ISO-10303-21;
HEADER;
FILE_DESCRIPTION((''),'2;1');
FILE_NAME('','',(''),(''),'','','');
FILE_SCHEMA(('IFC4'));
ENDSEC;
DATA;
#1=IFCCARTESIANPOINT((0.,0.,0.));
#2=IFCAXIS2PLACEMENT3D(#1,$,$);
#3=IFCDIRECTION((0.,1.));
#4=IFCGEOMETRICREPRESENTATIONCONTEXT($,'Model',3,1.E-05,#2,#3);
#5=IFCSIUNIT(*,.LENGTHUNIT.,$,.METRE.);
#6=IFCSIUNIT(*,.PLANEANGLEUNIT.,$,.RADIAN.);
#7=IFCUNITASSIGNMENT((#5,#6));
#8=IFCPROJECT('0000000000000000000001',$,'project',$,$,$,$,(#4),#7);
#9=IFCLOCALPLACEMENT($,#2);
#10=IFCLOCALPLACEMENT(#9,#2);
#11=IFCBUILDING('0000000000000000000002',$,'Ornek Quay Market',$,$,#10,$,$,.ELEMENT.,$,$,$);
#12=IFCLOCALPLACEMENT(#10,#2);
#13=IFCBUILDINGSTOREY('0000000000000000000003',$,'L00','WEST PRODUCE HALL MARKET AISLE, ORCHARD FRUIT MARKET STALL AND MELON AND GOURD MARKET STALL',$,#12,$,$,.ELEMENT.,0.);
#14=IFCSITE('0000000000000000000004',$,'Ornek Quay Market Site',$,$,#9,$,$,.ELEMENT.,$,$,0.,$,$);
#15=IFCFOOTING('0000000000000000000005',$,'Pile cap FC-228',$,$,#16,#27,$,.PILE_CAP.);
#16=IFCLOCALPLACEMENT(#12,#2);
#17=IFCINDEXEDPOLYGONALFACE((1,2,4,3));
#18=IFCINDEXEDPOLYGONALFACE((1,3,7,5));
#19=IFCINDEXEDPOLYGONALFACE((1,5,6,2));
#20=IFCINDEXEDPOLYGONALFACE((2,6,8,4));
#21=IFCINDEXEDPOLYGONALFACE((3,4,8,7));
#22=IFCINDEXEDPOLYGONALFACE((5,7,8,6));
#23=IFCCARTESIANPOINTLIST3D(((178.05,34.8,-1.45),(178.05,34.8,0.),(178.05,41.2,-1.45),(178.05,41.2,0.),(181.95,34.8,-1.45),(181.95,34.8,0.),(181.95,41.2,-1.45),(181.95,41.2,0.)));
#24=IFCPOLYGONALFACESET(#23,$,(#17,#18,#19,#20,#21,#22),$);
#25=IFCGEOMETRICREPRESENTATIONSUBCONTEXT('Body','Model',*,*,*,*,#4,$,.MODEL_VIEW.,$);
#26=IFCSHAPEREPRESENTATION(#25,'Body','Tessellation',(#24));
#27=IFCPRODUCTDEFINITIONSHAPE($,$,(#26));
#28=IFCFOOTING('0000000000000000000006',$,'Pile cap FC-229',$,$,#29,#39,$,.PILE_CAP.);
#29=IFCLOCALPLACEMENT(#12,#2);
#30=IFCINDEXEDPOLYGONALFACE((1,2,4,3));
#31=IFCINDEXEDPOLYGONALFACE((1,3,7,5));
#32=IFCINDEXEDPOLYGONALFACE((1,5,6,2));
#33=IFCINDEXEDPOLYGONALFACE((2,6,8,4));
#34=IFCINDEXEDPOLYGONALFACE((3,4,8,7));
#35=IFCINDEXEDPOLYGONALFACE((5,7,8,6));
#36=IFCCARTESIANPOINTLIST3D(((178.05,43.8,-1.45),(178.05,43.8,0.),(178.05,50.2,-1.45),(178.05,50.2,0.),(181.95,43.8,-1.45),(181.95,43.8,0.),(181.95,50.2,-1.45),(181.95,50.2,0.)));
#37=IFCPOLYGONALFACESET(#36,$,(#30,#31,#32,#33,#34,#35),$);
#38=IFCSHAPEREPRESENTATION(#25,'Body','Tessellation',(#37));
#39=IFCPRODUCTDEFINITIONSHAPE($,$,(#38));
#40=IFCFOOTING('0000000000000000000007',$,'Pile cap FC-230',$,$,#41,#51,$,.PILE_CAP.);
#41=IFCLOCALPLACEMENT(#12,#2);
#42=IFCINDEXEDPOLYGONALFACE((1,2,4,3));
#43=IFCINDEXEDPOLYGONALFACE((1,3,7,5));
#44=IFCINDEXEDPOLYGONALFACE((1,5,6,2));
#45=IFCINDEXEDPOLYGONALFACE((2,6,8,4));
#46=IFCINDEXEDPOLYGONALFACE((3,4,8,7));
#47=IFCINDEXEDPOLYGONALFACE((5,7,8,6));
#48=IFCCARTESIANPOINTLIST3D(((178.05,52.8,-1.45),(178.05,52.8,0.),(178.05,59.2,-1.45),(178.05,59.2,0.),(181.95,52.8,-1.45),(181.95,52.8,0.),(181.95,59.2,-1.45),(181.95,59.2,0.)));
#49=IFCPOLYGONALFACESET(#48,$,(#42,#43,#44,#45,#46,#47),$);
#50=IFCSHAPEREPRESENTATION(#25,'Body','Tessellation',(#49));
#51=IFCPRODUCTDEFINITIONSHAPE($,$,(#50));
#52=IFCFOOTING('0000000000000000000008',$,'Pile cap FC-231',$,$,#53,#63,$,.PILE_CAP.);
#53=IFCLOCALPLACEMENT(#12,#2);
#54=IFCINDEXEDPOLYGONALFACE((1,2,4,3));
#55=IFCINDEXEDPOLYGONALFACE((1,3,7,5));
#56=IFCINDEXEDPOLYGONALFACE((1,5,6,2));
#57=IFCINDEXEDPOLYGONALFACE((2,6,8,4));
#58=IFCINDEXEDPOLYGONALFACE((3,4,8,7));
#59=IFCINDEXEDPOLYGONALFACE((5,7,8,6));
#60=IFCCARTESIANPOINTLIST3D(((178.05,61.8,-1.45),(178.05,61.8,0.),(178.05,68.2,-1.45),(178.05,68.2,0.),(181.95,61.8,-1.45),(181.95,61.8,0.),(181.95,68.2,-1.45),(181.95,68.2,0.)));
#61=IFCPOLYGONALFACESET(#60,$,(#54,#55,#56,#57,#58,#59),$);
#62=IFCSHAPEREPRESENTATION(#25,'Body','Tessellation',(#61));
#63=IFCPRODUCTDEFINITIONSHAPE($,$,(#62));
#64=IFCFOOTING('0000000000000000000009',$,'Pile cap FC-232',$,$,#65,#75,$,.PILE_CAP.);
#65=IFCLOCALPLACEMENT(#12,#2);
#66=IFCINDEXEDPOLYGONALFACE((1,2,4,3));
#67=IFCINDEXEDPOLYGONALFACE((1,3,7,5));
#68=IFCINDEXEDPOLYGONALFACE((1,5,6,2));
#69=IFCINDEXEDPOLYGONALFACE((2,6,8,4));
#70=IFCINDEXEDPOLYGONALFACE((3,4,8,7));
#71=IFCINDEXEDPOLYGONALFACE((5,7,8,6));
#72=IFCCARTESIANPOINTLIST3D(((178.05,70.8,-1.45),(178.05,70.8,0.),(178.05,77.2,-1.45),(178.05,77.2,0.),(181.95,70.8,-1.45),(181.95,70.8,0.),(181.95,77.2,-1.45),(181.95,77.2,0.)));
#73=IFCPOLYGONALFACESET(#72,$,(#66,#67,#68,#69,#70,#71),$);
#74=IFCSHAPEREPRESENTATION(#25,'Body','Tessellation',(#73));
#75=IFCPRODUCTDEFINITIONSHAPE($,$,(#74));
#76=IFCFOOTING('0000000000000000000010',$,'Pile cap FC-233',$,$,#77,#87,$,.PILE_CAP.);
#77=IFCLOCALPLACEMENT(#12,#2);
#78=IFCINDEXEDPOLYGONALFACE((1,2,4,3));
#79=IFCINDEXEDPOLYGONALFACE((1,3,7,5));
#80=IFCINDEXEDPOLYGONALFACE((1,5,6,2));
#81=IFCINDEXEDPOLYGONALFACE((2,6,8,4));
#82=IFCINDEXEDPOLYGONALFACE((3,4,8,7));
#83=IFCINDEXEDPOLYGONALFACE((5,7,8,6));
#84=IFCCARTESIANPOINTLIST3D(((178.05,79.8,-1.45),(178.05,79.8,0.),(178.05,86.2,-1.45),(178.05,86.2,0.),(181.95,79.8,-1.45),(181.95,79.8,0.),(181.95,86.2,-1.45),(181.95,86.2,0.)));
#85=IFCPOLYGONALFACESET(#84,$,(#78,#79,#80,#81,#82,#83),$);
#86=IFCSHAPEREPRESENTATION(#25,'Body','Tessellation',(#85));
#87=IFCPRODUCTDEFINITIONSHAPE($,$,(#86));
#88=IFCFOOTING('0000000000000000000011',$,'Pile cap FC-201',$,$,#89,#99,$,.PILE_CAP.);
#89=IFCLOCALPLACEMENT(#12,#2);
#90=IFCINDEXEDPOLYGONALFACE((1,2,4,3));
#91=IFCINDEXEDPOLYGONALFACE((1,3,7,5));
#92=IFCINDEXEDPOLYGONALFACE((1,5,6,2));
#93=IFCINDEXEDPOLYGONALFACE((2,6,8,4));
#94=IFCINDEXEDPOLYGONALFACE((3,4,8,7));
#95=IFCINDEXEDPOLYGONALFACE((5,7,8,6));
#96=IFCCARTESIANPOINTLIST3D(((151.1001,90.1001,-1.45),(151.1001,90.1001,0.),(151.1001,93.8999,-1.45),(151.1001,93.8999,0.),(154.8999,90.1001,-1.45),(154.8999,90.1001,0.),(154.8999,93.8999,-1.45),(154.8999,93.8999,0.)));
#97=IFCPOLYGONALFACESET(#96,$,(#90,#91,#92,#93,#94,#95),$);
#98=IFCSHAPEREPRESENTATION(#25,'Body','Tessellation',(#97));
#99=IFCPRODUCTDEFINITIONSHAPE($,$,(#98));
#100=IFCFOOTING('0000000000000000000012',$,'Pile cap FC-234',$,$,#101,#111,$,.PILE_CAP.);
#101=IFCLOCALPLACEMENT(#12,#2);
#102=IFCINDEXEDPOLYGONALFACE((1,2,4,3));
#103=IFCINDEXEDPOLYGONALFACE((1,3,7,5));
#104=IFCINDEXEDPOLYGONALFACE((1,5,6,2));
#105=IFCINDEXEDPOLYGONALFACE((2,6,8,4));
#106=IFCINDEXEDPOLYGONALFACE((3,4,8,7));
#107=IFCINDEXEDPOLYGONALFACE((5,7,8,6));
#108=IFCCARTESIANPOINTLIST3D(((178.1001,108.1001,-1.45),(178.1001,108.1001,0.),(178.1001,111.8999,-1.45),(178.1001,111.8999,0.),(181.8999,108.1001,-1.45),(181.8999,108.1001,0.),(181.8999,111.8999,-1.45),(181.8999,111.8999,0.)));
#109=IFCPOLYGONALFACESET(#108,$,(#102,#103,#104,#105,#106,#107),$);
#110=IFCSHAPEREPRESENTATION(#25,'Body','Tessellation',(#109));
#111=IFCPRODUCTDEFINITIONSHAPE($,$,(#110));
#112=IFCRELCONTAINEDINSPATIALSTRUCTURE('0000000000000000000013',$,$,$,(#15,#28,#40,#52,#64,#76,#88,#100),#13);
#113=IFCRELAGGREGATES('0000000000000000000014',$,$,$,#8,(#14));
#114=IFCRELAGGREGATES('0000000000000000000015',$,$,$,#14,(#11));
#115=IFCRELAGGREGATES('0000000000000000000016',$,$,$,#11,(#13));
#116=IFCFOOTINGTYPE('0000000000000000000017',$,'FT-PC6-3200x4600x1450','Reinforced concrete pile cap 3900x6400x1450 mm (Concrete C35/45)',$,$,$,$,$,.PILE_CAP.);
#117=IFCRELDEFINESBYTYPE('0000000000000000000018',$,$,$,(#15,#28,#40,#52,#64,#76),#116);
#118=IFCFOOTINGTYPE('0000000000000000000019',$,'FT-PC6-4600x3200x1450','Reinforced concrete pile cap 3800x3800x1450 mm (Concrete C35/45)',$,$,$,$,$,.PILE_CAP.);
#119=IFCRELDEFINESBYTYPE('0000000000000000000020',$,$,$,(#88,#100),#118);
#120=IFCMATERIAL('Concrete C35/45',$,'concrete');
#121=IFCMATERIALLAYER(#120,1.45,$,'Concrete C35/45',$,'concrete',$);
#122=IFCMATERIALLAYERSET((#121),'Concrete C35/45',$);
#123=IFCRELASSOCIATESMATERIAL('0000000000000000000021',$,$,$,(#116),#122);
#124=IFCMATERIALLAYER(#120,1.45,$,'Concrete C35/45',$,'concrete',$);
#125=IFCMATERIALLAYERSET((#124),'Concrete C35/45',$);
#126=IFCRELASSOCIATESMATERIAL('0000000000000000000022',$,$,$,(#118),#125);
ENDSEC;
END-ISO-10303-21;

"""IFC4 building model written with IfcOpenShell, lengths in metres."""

from ifc_helpers import new_model, si_unit, direction, frame, origin, place, context, subcontext, project, spatial, polyline, outline, extrude, material, layer, layer_set, type_object, element, save


model = new_model("IFC4")

# Units and contexts
model_context = context("Model", 3, precision=1e-05, world=origin(), true_north=direction((0.0, 1.0)))
body_context = subcontext(model_context, "Body", "Model", "MODEL_VIEW")
ifc_project = project(units=[si_unit("LENGTHUNIT", "METRE"), si_unit("PLANEANGLEUNIT", "RADIAN")], contexts=[model_context])

# Site, building, storey
site_placement = place(None, origin())
site = spatial("IfcSite", under=ifc_project, at=site_placement, Name="Ornek Quay Market Site", CompositionType="ELEMENT", RefElevation=0.0)
building_placement = place(site_placement, origin())
building = spatial("IfcBuilding", under=site, at=building_placement, Name="Ornek Quay Market", CompositionType="ELEMENT")
storey_placement = place(building_placement, origin())
storey = spatial("IfcBuildingStorey", under=building, at=storey_placement, Name="L00", Description="WEST PRODUCE HALL MARKET AISLE, ORCHARD FRUIT MARKET STALL AND MELON AND GOURD MARKET STALL", CompositionType="ELEMENT", Elevation=0.0)

# Footings
ifc_material = material(Name="Concrete C35/45", Category="concrete")
ifc_layer_1 = layer(ifc_material, 1.45, Name="Concrete C35/45", Category="concrete")
ifc_layer_set_1 = layer_set([ifc_layer_1], Name="Concrete C35/45")
footing_type_1 = type_object("IfcFootingType", Name="FT-PC6-3200x4600x1450", Description="Reinforced concrete pile cap 3900x6400x1450 mm (Concrete C35/45)", PredefinedType="PILE_CAP", material=ifc_layer_set_1)
footing_1_placement = place(storey_placement, frame((0.0, 0.0, -1.45)))
element("IfcFooting", 1, at=footing_1_placement, inside=storey, type_object=footing_type_1, Name="Pile cap FC-228", PredefinedType="PILE_CAP", context=body_context, shape_type="SweptSolid", body=[
    extrude(outline(polyline([(178.05, 34.8), (181.95, 34.8), (181.95, 41.2), (178.05, 41.2), (178.05, 34.8)])), origin(), (0.0, 0.0, 1.0), 1.45),
])
footing_2_placement = place(storey_placement, frame((0.0, 0.0, -1.45)))
element("IfcFooting", 2, at=footing_2_placement, inside=storey, type_object=footing_type_1, Name="Pile cap FC-229", PredefinedType="PILE_CAP", context=body_context, shape_type="SweptSolid", body=[
    extrude(outline(polyline([(178.05, 43.8), (181.95, 43.8), (181.95, 50.2), (178.05, 50.2), (178.05, 43.8)])), origin(), (0.0, 0.0, 1.0), 1.45),
])
footing_3_placement = place(storey_placement, frame((0.0, 0.0, -1.45)))
element("IfcFooting", 3, at=footing_3_placement, inside=storey, type_object=footing_type_1, Name="Pile cap FC-230", PredefinedType="PILE_CAP", context=body_context, shape_type="SweptSolid", body=[
    extrude(outline(polyline([(178.05, 52.8), (181.95, 52.8), (181.95, 59.2), (178.05, 59.2), (178.05, 52.8)])), origin(), (0.0, 0.0, 1.0), 1.45),
])
footing_4_placement = place(storey_placement, frame((0.0, 0.0, -1.45)))
element("IfcFooting", 4, at=footing_4_placement, inside=storey, type_object=footing_type_1, Name="Pile cap FC-231", PredefinedType="PILE_CAP", context=body_context, shape_type="SweptSolid", body=[
    extrude(outline(polyline([(178.05, 61.8), (181.95, 61.8), (181.95, 68.2), (178.05, 68.2), (178.05, 61.8)])), origin(), (0.0, 0.0, 1.0), 1.45),
])
footing_5_placement = place(storey_placement, frame((0.0, 0.0, -1.45)))
element("IfcFooting", 5, at=footing_5_placement, inside=storey, type_object=footing_type_1, Name="Pile cap FC-232", PredefinedType="PILE_CAP", context=body_context, shape_type="SweptSolid", body=[
    extrude(outline(polyline([(178.05, 70.8), (181.95, 70.8), (181.95, 77.2), (178.05, 77.2), (178.05, 70.8)])), origin(), (0.0, 0.0, 1.0), 1.45),
])
footing_6_placement = place(storey_placement, frame((0.0, 0.0, -1.45)))
element("IfcFooting", 6, at=footing_6_placement, inside=storey, type_object=footing_type_1, Name="Pile cap FC-233", PredefinedType="PILE_CAP", context=body_context, shape_type="SweptSolid", body=[
    extrude(outline(polyline([(178.05, 79.8), (181.95, 79.8), (181.95, 86.2), (178.05, 86.2), (178.05, 79.8)])), origin(), (0.0, 0.0, 1.0), 1.45),
])
ifc_layer_2 = layer(ifc_material, 1.45, Name="Concrete C35/45", Category="concrete")
ifc_layer_set_2 = layer_set([ifc_layer_2], Name="Concrete C35/45")
footing_type_2 = type_object("IfcFootingType", Name="FT-PC6-4600x3200x1450", Description="Reinforced concrete pile cap 3800x3800x1450 mm (Concrete C35/45)", PredefinedType="PILE_CAP", material=ifc_layer_set_2)
footing_7_placement = place(storey_placement, frame((0.0, 0.0, -1.45)))
element("IfcFooting", 7, at=footing_7_placement, inside=storey, type_object=footing_type_2, Name="Pile cap FC-201", PredefinedType="PILE_CAP", context=body_context, shape_type="SweptSolid", body=[
    extrude(outline(polyline([(151.1001, 90.1001), (154.8999, 90.1001), (154.8999, 93.8999), (151.1001, 93.8999), (151.1001, 90.1001)])), origin(), (0.0, 0.0, 1.0), 1.45),
])
footing_8_placement = place(storey_placement, frame((0.0, 0.0, -1.45)))
element("IfcFooting", 8, at=footing_8_placement, inside=storey, type_object=footing_type_2, Name="Pile cap FC-234", PredefinedType="PILE_CAP", context=body_context, shape_type="SweptSolid", body=[
    extrude(outline(polyline([(178.1001, 108.1001), (181.8999, 108.1001), (181.8999, 111.8999), (178.1001, 111.8999), (178.1001, 108.1001)])), origin(), (0.0, 0.0, 1.0), 1.45),
])

save(model, "model.ifc")
